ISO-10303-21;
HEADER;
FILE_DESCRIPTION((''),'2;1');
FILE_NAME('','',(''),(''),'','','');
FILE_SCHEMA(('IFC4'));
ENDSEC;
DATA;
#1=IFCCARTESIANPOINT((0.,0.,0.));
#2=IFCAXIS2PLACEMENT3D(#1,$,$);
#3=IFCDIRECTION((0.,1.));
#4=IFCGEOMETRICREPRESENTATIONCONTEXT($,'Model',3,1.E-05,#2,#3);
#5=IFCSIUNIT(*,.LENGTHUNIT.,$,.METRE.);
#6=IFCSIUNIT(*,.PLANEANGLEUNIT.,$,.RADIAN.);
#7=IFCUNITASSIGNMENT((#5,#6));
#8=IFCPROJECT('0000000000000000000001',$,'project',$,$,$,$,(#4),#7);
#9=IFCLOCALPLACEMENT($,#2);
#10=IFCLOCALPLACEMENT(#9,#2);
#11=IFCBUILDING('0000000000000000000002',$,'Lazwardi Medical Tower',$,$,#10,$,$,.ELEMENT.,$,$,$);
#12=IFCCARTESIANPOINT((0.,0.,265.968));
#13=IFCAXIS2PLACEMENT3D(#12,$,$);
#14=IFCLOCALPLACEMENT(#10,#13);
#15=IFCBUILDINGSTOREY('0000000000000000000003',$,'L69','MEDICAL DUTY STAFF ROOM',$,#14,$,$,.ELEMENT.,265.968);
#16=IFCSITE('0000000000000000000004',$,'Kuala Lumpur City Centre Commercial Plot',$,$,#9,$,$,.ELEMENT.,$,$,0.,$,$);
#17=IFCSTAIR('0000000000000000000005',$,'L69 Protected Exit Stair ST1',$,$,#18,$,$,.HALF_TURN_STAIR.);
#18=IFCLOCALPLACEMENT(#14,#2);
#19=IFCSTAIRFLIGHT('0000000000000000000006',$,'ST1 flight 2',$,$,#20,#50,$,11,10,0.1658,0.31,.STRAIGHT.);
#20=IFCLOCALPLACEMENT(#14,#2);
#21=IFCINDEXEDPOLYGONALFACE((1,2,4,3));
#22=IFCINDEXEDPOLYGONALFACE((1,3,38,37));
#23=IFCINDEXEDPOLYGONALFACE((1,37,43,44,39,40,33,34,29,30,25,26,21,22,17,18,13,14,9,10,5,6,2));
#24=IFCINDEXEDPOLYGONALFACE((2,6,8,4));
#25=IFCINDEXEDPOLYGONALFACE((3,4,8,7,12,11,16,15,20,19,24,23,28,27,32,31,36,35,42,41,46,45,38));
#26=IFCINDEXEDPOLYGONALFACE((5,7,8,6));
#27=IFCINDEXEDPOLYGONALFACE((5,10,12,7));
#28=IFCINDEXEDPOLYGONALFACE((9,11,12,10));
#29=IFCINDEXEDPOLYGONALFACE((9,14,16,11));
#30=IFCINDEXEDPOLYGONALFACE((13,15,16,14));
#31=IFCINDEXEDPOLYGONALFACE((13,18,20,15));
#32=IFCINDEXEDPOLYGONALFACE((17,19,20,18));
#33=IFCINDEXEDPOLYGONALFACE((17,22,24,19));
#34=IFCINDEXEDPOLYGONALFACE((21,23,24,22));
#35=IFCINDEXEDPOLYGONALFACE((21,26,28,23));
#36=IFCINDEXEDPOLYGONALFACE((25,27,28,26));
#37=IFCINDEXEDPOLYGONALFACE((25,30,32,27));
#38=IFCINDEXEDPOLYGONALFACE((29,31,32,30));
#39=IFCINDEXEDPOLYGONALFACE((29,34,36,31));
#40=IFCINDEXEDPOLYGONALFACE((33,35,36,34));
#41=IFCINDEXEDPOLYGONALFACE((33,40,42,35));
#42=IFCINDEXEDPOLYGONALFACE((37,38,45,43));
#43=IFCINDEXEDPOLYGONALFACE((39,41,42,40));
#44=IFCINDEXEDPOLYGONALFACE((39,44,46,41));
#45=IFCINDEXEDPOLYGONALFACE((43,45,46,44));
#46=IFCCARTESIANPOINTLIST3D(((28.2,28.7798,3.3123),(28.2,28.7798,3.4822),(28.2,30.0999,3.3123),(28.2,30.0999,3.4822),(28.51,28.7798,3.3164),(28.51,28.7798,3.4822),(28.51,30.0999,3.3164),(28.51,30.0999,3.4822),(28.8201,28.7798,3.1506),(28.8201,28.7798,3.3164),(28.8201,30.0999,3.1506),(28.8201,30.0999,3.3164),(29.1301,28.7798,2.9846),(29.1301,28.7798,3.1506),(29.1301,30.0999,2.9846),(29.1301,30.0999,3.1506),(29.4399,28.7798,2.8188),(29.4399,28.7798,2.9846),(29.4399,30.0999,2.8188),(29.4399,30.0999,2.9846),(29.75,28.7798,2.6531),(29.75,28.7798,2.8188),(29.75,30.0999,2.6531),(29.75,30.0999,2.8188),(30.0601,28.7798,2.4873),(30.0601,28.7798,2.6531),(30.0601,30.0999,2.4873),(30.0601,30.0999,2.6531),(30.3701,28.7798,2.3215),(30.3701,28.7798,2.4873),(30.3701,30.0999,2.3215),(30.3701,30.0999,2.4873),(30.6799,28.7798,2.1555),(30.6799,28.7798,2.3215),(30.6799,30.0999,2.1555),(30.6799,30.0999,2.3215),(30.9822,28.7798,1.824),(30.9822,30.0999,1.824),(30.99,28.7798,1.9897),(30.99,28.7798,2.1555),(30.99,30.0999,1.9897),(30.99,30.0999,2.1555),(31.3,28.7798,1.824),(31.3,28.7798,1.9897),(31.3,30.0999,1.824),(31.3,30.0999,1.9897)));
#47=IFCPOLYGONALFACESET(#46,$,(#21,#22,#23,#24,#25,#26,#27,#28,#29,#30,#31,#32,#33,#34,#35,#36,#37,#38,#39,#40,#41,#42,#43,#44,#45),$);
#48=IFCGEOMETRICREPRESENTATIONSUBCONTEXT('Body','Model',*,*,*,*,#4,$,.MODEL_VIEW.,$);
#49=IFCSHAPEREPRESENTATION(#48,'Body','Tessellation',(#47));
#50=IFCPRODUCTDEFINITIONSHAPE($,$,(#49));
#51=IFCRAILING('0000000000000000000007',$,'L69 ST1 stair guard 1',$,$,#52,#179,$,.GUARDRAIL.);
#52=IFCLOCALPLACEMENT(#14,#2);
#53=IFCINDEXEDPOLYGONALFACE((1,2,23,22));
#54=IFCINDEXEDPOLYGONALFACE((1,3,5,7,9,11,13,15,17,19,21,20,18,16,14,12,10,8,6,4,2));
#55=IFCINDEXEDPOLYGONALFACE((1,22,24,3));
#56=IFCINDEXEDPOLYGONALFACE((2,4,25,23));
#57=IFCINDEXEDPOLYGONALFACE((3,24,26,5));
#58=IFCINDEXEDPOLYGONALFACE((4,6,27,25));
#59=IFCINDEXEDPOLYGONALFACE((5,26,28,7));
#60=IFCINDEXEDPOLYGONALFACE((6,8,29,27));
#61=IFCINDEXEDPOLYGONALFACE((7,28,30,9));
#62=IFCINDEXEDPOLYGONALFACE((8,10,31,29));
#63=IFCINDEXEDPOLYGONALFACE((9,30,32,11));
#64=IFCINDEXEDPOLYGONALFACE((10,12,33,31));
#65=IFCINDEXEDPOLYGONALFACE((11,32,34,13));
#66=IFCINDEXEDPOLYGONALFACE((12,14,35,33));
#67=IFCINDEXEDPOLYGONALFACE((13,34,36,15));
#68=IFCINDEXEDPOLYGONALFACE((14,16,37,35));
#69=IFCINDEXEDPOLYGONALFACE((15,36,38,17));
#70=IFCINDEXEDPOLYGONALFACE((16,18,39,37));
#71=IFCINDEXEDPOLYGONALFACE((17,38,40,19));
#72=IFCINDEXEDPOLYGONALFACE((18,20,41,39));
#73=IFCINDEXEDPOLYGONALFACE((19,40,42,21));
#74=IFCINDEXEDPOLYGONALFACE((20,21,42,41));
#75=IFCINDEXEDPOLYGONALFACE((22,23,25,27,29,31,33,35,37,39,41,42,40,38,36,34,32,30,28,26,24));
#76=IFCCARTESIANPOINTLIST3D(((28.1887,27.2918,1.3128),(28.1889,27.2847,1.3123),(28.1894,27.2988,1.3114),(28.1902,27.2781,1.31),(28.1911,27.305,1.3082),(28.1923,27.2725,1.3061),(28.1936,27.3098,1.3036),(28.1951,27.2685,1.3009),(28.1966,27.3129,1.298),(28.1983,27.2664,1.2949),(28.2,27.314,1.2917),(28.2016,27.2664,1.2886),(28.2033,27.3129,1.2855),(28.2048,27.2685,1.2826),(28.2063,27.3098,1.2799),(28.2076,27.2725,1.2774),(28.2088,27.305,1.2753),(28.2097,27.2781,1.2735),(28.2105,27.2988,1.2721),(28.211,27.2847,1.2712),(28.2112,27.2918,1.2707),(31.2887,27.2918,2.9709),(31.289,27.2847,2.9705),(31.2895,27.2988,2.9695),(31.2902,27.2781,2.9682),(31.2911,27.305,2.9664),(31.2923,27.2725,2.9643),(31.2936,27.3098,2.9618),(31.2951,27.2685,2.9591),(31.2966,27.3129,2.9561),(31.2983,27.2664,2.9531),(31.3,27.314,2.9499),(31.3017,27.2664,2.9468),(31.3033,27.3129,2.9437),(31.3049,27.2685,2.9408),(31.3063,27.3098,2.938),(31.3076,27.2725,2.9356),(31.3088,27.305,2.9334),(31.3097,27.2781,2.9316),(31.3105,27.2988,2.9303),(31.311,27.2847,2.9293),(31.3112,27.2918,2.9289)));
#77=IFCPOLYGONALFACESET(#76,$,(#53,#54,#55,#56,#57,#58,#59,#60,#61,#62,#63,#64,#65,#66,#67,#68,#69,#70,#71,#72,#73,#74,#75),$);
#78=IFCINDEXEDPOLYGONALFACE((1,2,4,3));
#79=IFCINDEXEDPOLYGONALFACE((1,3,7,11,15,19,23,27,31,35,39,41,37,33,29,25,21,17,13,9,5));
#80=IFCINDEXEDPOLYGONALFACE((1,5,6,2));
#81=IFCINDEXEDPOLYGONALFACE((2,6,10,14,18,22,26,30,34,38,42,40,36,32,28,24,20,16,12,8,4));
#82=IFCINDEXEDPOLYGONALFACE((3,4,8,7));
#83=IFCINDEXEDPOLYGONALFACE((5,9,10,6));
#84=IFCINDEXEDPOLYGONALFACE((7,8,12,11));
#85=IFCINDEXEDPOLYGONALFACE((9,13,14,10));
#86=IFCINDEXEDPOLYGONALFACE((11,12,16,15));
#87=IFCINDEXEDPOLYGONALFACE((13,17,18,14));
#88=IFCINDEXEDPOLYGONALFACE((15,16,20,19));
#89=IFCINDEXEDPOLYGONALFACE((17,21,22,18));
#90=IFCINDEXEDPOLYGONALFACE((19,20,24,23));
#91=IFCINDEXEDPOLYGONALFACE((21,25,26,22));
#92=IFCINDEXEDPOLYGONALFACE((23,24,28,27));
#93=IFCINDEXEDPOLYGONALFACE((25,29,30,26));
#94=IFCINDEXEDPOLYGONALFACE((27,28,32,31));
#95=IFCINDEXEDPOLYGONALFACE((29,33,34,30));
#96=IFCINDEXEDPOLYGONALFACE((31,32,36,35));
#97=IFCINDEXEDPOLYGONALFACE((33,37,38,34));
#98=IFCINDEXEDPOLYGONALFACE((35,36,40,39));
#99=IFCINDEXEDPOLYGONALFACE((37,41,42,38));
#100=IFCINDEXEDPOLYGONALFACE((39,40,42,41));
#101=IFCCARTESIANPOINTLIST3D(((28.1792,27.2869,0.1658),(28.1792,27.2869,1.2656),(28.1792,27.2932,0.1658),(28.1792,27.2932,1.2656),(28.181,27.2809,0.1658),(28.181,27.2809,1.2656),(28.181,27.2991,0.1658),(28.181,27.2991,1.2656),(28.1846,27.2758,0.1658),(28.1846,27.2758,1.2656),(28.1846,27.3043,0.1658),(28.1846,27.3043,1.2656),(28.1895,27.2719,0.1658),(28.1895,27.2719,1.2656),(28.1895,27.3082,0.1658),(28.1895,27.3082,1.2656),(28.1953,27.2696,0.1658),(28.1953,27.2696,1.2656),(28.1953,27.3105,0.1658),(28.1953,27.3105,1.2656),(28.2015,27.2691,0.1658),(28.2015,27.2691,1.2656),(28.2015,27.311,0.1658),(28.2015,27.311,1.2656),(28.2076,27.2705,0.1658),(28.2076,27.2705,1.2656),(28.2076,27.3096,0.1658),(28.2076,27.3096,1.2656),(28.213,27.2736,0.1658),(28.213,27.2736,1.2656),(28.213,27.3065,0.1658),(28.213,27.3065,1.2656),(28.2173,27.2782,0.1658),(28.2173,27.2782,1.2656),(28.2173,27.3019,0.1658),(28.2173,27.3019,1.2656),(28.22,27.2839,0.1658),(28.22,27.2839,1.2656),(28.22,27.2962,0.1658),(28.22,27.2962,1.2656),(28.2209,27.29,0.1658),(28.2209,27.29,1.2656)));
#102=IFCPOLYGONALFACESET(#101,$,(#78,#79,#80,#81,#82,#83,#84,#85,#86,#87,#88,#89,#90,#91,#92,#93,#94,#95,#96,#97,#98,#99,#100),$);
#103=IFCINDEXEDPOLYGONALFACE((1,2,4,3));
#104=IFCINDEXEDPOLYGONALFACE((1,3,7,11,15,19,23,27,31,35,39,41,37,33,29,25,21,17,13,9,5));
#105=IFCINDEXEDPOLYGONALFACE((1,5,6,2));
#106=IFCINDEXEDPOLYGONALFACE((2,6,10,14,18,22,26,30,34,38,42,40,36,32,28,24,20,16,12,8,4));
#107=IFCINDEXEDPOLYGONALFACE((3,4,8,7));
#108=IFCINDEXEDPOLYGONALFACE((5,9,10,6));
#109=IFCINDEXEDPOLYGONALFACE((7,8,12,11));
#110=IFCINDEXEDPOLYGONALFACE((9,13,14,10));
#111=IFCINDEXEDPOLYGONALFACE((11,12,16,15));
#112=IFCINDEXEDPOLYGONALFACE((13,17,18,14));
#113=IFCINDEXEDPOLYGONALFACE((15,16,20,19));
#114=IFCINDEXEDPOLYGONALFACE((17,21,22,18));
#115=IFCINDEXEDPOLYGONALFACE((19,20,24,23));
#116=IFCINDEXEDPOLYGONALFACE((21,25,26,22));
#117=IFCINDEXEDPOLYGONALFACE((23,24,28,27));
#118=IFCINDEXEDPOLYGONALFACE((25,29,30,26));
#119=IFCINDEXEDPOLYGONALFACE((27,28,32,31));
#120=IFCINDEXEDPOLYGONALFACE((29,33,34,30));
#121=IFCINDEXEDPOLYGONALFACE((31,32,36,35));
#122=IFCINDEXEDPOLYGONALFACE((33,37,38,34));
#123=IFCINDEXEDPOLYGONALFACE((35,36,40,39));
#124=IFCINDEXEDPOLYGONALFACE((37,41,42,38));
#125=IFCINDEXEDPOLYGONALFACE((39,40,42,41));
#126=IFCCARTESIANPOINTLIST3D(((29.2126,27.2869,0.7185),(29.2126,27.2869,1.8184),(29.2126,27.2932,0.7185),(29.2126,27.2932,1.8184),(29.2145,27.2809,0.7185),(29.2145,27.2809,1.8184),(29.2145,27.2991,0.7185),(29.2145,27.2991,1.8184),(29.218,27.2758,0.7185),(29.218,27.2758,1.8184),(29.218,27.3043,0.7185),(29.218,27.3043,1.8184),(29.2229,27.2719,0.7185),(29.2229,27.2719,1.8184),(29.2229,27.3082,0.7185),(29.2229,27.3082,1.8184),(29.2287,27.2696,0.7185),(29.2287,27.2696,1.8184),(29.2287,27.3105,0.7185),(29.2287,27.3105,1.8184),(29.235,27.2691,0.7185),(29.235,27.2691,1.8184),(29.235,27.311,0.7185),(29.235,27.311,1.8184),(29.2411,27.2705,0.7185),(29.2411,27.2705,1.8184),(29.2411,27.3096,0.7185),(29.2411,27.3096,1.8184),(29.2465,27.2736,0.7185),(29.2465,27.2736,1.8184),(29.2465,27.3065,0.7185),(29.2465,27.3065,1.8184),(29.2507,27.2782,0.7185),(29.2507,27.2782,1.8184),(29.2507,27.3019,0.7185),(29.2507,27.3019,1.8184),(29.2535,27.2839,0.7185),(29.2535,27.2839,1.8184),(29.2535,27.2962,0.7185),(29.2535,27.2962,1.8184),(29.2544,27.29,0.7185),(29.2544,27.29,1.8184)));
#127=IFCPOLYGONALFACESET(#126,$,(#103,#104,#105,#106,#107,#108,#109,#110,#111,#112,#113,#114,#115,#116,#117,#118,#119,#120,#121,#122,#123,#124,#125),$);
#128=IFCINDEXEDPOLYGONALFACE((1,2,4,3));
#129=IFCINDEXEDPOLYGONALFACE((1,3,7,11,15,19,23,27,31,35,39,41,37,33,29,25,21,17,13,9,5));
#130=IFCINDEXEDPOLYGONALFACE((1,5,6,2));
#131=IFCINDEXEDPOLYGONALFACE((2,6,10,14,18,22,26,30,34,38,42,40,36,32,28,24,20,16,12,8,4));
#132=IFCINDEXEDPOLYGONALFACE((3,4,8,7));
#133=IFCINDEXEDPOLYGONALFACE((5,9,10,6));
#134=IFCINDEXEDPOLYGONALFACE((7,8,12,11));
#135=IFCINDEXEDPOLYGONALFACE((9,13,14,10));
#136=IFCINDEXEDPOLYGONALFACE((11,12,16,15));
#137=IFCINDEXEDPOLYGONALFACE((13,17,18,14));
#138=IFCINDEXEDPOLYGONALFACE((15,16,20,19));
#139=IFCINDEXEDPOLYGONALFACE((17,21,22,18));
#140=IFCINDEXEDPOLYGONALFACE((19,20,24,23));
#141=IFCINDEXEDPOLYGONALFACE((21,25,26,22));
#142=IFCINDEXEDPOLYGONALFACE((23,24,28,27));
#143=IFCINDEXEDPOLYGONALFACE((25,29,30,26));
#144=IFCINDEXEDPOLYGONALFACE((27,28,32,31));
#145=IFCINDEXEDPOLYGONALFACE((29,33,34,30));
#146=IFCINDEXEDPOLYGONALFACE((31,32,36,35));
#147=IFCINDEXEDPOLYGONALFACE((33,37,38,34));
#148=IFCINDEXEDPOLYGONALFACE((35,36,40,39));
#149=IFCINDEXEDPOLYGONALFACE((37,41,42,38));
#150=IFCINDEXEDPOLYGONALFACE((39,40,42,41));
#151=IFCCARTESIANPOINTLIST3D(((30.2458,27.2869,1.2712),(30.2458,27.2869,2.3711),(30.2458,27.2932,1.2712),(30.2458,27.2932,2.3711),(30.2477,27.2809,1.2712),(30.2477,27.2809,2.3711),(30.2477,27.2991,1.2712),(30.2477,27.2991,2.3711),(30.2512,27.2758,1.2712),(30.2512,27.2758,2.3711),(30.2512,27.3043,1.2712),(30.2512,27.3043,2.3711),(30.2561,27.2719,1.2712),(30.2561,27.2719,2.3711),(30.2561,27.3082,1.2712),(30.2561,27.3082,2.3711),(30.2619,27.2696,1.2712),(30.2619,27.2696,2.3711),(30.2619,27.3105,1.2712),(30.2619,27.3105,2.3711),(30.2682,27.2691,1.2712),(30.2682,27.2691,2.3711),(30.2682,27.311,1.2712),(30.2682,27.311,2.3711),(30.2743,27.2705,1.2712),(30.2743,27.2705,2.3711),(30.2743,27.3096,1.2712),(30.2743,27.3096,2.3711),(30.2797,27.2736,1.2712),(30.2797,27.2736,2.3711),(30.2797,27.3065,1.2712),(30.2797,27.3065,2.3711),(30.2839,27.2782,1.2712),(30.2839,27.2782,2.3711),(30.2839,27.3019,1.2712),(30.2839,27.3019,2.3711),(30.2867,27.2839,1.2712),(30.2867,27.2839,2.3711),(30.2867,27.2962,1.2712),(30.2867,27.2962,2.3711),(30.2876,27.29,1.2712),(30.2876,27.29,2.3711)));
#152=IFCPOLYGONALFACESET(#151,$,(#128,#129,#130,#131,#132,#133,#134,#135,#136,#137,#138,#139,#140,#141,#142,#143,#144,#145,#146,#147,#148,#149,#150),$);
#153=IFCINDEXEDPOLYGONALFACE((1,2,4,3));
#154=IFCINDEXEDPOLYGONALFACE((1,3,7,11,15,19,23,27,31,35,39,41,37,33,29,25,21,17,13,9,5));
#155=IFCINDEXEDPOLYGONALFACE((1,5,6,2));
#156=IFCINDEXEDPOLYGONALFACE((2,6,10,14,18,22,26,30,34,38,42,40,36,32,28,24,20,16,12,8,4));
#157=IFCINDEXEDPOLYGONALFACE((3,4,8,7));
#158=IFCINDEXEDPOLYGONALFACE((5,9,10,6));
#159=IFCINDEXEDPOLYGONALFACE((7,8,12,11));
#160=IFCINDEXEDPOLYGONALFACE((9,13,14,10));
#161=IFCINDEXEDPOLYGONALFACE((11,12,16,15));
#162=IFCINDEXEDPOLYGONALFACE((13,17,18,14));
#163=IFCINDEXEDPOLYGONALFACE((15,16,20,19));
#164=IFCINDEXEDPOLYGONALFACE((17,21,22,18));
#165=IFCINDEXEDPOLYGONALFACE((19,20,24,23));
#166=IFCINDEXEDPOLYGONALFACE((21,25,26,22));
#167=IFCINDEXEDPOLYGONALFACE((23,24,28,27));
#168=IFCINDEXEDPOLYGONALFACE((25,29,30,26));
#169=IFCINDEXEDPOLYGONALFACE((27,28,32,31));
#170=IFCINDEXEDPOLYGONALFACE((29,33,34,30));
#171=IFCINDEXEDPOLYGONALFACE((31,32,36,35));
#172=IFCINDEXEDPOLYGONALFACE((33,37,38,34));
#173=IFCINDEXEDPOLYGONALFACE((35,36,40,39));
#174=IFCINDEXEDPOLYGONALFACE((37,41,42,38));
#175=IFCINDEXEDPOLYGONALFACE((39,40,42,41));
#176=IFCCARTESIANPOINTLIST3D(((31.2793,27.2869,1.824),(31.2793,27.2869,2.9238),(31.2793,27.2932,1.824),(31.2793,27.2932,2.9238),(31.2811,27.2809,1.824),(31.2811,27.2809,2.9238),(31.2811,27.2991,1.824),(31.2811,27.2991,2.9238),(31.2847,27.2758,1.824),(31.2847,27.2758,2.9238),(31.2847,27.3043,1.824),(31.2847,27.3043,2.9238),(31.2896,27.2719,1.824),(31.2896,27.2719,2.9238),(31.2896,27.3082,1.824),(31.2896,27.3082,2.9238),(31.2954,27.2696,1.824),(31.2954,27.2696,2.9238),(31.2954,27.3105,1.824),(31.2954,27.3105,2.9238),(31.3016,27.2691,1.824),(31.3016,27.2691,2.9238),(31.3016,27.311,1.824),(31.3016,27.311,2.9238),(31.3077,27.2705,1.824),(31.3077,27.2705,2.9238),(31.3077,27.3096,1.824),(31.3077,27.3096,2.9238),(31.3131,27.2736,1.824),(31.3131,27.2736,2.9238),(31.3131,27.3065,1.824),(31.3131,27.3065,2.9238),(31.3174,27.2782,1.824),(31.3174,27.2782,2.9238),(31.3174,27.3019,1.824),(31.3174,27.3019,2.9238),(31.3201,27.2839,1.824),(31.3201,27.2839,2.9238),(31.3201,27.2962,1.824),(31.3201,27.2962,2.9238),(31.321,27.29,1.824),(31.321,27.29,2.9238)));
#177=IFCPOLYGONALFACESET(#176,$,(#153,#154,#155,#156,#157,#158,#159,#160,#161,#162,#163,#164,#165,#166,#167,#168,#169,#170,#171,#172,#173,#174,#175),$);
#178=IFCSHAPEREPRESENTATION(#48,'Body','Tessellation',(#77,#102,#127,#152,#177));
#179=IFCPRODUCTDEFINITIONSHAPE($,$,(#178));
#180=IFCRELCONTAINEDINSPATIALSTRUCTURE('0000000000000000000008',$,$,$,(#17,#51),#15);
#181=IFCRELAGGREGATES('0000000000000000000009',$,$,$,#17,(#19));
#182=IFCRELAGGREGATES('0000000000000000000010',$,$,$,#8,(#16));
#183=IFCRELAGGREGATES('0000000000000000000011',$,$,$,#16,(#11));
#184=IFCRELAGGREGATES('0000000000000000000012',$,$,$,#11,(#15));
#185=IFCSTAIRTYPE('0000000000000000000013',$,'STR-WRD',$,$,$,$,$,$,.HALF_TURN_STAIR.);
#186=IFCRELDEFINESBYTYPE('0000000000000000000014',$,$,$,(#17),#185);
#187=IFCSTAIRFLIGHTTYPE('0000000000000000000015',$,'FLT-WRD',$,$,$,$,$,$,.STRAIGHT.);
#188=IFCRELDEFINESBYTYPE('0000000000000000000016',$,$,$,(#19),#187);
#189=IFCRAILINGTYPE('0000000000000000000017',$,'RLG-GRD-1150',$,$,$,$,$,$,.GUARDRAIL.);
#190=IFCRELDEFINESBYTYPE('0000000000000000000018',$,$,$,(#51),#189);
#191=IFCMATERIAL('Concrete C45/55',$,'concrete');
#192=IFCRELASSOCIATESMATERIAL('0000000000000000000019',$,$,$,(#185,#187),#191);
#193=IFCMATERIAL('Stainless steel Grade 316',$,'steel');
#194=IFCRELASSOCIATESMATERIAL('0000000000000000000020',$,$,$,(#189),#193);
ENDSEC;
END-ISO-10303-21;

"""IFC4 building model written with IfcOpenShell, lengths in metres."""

from ifc_helpers import new_model, si_unit, direction, frame, origin, origin_2d, place, context, subcontext, project, spatial, polyline, circle, outline, extrude, material, type_object, element, aggregate, save


model = new_model("IFC4")

# Units and contexts
model_context = context("Model", 3, precision=1e-05, world=origin(), true_north=direction((0.0, 1.0)))
body_context = subcontext(model_context, "Body", "Model", "MODEL_VIEW")
ifc_project = project(units=[si_unit("LENGTHUNIT", "METRE"), si_unit("PLANEANGLEUNIT", "RADIAN")], contexts=[model_context])

# Site, building, storey
site_placement = place(None, origin())
site = spatial("IfcSite", under=ifc_project, at=site_placement, Name="Kuala Lumpur City Centre Commercial Plot", CompositionType="ELEMENT", RefElevation=0.0)
building_placement = place(site_placement, origin())
building = spatial("IfcBuilding", under=site, at=building_placement, Name="Lazwardi Medical Tower", CompositionType="ELEMENT")
storey_placement = place(building_placement, frame((0.0, 0.0, 265.968)))
storey = spatial("IfcBuildingStorey", under=building, at=storey_placement, Name="L69", Description="MEDICAL DUTY STAFF ROOM", CompositionType="ELEMENT", Elevation=265.968)

# Stair, stair flight
ifc_material_1 = material(Name="Concrete C45/55", Category="concrete")
stair_type = type_object("IfcStairType", Name="STR-WRD", PredefinedType="HALF_TURN_STAIR", material=ifc_material_1)
stair_placement = place(storey_placement, origin())
stair = element("IfcStair", 1, at=stair_placement, inside=storey, type_object=stair_type, Name="L69 Protected Exit Stair ST1", PredefinedType="HALF_TURN_STAIR")
stair_flight_type = type_object("IfcStairFlightType", Name="FLT-WRD", PredefinedType="STRAIGHT", material=ifc_material_1)
stair_flight_1_placement = place(storey_placement, frame((31.3, 29.4399, 1.824), z_axis=(0.0, 0.0, 1.0), x_axis=(-1.0, 0.0, 0.0)))
stair_flight_1 = element("IfcStairFlight", 2, at=stair_flight_1_placement, type_object=stair_flight_type, Name="ST1 flight 2", NumberOfRisers=11, NumberOfTreads=10, PredefinedType="STRAIGHT", RiserHeight=0.1658, TreadLength=0.31, context=body_context, shape_type="SweptSolid", body=[
    extrude(outline(polyline([(0.0, 0.0), (0.0, 0.1658), (0.3101, 0.1658), (0.3101, 0.3315), (0.6201, 0.3315), (0.6201, 0.4976), (0.9299, 0.4976), (0.9299, 0.6633), (1.24, 0.6633), (1.24, 0.8291), (1.55, 0.8291), (1.55, 0.9949), (1.8601, 0.9949), (1.8601, 1.1606), (2.1699, 1.1606), (2.1699, 1.3267), (2.48, 1.3267), (2.48, 1.4924), (2.79, 1.4924), (2.79, 1.6582), (3.1001, 1.6582), (3.1001, 1.824), (3.1001, 1.4883), (0.3179, 0.0), (0.0, 0.0)])), frame((0.0, 0.6602, 0.0), z_axis=(0.0, -1.0, 0.0), x_axis=(1.0, 0.0, 0.0)), (0.0, 0.0, 1.0), 1.3201),
])
aggregate(stair, [stair_flight_1])

# Railing
ifc_material_2 = material(Name="Stainless steel Grade 316", Category="steel")
railing_type_1 = type_object("IfcRailingType", Name="RLG-GRD-1150", PredefinedType="GUARDRAIL", material=ifc_material_2)
railing_1_placement = place(storey_placement, frame((28.2, 27.29, 0.1658)))
element("IfcRailing", 3, at=railing_1_placement, inside=storey, type_object=railing_type_1, Name="L69 ST1 stair guard 1", PredefinedType="GUARDRAIL", context=body_context, shape_type="SweptSolid", body=[
    extrude(circle(Radius=0.0239, at=origin_2d()), frame((0.0, 0.0, 1.126), z_axis=(0.881783, 0.0, 0.471655), x_axis=(0.0, 1.0, 0.0)), (0.0, 0.0, 1.0), 3.5156),
    extrude(circle(Radius=0.021, at=origin_2d()), origin(), (0.0, 0.0, 1.0), 1.0999),
    extrude(circle(Radius=0.021, at=origin_2d()), frame((1.0334, 0.0, 0.5527)), (0.0, 0.0, 1.0), 1.0999),
    extrude(circle(Radius=0.021, at=origin_2d()), frame((2.0667, 0.0, 1.1055)), (0.0, 0.0, 1.0), 1.0999),
    extrude(circle(Radius=0.021, at=origin_2d()), frame((3.1001, 0.0, 1.6582)), (0.0, 0.0, 1.0), 1.0999),
])

save(model, "model.ifc")
